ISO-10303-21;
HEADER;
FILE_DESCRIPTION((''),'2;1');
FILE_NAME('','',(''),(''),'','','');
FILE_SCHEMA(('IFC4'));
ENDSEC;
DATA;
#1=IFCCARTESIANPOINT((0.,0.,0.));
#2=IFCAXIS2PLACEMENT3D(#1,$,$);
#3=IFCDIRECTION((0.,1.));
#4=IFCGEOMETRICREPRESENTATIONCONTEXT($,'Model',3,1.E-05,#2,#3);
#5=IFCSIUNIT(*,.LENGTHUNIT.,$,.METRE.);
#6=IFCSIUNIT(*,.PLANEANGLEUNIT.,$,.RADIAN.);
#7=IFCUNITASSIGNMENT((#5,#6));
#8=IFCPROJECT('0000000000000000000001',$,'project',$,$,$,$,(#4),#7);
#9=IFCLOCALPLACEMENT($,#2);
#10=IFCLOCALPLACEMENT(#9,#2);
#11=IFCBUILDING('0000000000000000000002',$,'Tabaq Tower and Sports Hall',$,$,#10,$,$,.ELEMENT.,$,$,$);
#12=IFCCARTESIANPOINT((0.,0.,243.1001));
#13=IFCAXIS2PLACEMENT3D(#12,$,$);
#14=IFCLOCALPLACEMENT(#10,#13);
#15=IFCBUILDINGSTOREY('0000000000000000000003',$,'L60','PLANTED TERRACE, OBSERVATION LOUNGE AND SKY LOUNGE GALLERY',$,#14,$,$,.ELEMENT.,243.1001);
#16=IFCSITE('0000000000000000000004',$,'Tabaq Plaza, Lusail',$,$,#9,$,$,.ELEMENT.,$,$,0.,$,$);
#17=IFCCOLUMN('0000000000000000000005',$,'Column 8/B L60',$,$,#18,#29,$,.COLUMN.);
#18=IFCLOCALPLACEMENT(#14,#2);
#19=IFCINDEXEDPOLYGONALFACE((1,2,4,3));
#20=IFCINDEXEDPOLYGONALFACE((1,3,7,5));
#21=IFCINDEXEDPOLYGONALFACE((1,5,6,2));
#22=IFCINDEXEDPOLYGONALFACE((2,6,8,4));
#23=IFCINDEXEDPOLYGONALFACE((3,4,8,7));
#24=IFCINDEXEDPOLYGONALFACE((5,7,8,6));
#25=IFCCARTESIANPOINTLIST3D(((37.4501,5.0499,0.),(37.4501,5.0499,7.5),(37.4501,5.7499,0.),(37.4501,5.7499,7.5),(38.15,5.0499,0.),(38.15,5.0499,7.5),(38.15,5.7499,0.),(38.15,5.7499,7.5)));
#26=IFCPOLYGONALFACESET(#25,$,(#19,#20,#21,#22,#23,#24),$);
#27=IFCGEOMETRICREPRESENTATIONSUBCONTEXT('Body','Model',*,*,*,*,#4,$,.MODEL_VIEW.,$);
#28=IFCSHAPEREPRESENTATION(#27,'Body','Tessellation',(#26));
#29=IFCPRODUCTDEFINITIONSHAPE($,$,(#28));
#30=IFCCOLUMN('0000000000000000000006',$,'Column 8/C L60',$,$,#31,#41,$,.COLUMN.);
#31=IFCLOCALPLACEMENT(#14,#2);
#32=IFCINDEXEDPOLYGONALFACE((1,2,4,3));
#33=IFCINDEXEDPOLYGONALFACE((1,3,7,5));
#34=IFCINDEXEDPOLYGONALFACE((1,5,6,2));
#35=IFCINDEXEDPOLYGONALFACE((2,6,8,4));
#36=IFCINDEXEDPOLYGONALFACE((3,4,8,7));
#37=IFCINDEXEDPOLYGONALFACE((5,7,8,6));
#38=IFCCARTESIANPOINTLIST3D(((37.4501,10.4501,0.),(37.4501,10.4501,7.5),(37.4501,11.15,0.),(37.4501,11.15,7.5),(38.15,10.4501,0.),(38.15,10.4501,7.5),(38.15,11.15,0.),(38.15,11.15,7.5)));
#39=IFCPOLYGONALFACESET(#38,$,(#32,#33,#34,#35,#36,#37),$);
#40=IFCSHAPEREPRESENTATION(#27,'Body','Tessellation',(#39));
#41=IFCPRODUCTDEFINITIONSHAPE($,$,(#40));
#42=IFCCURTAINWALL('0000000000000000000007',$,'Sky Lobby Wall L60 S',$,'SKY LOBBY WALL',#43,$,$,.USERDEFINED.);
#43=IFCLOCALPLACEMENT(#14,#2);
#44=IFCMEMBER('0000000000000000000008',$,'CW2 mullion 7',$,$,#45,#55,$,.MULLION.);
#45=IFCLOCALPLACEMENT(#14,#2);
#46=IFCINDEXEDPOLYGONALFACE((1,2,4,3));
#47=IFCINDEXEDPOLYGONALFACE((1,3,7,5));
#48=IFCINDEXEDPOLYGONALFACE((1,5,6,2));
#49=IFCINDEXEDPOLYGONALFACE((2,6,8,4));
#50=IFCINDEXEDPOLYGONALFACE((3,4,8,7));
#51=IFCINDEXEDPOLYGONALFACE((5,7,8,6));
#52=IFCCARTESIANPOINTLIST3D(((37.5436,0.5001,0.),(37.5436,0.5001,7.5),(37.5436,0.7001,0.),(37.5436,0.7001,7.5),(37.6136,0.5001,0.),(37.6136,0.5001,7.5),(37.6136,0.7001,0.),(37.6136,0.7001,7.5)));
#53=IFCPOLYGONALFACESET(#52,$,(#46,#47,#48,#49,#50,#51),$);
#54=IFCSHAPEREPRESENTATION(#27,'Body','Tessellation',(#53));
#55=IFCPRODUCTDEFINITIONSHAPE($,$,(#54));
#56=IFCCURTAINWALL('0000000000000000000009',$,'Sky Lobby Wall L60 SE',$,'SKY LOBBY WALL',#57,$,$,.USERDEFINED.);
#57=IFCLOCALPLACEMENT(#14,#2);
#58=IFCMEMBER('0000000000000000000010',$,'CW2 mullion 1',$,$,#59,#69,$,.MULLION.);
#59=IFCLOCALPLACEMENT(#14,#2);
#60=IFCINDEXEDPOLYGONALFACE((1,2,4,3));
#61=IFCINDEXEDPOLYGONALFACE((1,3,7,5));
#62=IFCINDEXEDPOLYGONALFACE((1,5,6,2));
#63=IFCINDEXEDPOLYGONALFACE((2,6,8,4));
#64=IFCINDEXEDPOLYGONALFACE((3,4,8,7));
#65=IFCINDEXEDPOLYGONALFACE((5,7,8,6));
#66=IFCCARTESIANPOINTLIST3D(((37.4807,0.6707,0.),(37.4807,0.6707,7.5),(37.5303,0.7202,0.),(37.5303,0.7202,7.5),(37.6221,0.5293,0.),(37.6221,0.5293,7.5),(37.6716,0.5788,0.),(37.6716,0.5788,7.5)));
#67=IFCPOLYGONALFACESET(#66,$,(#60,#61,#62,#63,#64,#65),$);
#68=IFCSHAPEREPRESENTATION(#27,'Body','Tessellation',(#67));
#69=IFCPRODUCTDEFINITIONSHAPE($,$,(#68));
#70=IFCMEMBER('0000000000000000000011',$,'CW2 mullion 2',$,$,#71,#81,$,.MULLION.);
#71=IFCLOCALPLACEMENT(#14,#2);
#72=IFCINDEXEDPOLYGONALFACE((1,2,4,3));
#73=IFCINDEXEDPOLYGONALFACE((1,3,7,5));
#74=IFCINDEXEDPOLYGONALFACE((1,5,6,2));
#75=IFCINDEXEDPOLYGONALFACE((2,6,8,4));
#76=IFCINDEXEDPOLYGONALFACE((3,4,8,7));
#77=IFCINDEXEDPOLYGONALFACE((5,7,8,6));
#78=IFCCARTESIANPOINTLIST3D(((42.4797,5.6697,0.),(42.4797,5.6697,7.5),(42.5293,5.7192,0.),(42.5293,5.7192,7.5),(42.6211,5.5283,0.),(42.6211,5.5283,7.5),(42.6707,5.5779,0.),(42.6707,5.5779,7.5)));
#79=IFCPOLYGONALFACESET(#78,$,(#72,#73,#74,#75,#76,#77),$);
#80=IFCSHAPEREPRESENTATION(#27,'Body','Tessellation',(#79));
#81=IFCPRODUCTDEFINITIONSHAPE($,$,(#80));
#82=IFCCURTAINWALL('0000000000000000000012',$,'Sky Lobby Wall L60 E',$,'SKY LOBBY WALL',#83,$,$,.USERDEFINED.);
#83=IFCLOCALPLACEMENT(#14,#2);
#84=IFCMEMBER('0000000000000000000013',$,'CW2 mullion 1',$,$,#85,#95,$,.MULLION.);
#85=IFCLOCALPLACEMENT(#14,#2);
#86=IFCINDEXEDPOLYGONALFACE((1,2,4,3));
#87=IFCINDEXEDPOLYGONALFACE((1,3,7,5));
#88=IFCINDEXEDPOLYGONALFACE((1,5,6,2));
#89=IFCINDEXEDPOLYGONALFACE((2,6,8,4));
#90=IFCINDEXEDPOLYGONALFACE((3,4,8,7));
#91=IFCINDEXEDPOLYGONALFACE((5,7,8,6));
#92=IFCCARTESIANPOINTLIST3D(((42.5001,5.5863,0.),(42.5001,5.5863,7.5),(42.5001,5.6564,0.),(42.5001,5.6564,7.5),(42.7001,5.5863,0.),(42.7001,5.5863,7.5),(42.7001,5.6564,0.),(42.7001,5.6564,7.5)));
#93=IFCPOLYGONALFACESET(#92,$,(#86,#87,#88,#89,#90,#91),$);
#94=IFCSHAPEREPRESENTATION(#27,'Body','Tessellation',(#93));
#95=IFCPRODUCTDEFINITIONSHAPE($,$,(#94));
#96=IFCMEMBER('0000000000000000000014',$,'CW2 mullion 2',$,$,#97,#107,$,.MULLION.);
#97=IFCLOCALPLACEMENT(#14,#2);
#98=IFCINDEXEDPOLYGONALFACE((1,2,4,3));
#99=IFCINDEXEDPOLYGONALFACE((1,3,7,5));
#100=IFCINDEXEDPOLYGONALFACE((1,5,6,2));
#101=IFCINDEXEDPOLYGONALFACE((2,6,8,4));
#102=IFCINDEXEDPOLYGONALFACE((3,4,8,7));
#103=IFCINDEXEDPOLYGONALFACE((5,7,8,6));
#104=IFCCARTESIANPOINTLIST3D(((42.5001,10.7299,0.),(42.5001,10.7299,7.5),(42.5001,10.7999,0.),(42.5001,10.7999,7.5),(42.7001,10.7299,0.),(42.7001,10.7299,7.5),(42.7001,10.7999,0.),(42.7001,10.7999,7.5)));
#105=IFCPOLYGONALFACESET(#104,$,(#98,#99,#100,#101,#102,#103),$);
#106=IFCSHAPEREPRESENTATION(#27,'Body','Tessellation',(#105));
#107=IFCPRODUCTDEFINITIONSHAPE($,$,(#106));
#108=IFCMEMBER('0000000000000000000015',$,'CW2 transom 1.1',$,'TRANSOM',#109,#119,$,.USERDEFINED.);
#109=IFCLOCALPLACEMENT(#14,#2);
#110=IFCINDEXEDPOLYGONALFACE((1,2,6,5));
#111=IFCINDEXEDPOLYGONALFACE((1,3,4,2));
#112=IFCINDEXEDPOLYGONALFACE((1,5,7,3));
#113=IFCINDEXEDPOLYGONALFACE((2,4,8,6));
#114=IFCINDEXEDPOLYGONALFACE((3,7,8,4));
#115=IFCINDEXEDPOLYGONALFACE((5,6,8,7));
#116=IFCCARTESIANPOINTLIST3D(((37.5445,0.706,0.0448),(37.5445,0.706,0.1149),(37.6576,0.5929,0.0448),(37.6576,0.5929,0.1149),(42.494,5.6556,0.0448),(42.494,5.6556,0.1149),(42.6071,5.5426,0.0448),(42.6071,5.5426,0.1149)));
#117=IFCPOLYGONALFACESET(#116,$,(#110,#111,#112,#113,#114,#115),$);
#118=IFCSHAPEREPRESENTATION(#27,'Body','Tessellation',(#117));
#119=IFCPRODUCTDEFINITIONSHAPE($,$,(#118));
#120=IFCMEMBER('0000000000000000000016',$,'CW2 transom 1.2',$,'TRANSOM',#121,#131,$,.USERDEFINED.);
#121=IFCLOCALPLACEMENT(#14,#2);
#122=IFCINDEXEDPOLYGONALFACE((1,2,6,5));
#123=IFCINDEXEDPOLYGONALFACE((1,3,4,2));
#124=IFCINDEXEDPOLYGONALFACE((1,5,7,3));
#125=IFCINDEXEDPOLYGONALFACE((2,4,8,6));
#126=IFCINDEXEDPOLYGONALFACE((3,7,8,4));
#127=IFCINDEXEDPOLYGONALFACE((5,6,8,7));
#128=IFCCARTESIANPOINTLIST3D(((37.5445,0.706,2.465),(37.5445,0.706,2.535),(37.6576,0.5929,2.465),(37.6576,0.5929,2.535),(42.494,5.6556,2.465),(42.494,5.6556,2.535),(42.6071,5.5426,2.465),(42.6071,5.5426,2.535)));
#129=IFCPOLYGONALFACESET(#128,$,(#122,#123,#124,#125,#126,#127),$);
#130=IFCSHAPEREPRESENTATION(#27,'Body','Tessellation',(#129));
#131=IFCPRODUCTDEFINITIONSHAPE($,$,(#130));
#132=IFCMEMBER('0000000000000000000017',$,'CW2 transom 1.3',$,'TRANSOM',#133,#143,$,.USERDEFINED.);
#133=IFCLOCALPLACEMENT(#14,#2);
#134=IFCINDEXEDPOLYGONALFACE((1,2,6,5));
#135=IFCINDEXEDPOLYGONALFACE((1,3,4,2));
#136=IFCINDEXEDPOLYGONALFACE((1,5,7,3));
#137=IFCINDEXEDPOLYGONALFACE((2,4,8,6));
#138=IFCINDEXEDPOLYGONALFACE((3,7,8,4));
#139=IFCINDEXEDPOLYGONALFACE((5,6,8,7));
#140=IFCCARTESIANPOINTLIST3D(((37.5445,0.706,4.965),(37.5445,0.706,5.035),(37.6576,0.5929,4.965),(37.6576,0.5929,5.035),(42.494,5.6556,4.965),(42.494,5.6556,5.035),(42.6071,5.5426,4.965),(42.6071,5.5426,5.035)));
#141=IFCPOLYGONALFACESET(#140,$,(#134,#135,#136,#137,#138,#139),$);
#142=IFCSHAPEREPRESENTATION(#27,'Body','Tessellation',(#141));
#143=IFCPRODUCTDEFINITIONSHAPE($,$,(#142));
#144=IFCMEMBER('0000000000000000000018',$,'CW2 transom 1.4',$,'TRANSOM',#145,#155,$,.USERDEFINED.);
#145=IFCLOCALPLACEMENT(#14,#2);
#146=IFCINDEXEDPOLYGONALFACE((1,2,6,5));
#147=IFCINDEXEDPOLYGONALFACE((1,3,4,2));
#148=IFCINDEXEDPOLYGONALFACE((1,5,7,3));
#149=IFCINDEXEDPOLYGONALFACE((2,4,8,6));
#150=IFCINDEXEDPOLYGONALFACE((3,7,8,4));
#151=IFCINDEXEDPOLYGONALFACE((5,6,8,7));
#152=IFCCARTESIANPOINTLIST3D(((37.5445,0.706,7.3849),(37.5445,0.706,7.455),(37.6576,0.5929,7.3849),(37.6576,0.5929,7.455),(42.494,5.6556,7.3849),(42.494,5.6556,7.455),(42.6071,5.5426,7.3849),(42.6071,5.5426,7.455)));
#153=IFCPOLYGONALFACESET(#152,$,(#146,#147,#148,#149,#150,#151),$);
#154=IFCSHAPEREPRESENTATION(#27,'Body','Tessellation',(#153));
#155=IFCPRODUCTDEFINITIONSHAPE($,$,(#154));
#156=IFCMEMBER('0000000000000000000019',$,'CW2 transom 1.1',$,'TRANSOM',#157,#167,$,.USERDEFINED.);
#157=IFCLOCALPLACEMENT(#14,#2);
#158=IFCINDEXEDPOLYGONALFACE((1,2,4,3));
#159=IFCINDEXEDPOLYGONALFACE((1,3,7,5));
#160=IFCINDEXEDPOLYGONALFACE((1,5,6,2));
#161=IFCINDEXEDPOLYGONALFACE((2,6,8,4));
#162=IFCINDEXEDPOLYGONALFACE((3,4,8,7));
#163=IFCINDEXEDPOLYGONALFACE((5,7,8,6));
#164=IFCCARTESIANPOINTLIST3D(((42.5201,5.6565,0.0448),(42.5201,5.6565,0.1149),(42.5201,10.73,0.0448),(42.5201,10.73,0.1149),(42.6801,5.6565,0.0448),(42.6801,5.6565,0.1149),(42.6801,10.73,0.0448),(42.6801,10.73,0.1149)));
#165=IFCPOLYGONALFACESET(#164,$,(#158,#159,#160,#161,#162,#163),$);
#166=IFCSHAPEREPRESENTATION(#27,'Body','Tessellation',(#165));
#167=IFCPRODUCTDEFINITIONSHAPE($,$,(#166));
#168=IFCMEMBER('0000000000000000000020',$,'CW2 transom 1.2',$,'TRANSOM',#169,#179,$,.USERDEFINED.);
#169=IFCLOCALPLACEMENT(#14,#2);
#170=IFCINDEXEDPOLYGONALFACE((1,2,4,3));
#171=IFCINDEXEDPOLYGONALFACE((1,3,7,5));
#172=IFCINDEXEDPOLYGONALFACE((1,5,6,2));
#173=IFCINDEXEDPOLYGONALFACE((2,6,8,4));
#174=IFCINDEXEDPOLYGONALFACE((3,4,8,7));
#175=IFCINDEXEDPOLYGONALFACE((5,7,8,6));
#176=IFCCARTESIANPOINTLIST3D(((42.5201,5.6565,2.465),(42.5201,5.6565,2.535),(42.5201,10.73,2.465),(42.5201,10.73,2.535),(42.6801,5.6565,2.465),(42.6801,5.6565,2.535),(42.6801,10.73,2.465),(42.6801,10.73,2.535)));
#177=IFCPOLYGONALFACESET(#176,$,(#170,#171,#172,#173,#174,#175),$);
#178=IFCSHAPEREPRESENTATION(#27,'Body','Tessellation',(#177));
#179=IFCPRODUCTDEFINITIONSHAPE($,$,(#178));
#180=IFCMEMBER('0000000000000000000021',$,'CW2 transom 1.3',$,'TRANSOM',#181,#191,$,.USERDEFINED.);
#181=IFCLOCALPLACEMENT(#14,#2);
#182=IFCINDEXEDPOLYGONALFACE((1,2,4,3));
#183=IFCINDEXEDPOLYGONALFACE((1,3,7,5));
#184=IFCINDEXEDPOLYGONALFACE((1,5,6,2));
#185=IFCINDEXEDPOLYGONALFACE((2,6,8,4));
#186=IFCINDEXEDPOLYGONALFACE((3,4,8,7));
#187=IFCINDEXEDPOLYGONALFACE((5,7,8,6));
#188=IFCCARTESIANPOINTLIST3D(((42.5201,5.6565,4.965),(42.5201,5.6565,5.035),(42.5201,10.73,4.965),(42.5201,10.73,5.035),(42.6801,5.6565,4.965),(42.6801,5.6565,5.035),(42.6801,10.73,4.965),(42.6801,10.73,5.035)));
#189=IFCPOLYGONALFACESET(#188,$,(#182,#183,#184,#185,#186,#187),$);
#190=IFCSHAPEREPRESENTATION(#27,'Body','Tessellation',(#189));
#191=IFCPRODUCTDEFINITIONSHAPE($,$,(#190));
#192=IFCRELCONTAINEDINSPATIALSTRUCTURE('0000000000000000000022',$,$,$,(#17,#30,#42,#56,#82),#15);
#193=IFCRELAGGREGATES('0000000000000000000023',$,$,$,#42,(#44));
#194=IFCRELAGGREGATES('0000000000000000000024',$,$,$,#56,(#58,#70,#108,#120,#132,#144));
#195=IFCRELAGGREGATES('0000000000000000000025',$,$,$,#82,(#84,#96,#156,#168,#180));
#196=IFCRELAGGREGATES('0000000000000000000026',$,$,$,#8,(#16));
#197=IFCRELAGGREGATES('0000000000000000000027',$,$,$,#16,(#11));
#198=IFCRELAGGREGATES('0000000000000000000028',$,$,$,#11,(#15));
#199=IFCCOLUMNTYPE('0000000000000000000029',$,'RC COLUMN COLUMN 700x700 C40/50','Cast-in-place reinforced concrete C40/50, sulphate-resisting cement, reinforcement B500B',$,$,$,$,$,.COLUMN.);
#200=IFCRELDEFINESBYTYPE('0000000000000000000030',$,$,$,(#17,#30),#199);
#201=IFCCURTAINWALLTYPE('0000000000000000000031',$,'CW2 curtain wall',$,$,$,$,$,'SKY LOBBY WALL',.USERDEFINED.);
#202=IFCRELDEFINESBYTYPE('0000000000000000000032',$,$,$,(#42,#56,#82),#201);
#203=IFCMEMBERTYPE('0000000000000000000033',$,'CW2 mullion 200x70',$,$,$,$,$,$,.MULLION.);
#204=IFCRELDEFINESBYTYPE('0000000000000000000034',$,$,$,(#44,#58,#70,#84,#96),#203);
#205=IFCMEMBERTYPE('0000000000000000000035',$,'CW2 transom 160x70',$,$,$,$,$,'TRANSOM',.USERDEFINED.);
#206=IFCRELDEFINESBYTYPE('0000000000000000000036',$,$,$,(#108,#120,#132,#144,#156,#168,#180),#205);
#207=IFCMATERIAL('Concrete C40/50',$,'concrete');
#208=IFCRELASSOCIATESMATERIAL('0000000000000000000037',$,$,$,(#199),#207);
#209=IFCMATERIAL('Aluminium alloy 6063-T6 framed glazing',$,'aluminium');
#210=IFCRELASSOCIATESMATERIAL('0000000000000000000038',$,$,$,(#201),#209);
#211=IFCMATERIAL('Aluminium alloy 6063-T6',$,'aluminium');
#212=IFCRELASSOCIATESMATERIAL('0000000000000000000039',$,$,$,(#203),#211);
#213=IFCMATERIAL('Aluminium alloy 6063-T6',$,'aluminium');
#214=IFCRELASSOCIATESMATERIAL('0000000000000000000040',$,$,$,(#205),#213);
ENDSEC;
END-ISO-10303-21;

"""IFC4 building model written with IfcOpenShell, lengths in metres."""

from ifc_helpers import new_model, si_unit, direction, frame, origin, origin_2d, place, context, subcontext, project, spatial, rectangle, extrude, material, material_profile, profile_set, type_object, element, aggregate, save


model = new_model("IFC4")

# Units and contexts
model_context = context("Model", 3, precision=1e-05, world=origin(), true_north=direction((0.0, 1.0)))
body_context = subcontext(model_context, "Body", "Model", "MODEL_VIEW")
ifc_project = project(units=[si_unit("LENGTHUNIT", "METRE"), si_unit("PLANEANGLEUNIT", "RADIAN")], contexts=[model_context])

# Site, building, storey
site_placement = place(None, origin())
site = spatial("IfcSite", under=ifc_project, at=site_placement, Name="Tabaq Plaza, Lusail", CompositionType="ELEMENT", RefElevation=0.0)
building_placement = place(site_placement, origin())
building = spatial("IfcBuilding", under=site, at=building_placement, Name="Tabaq Tower and Sports Hall", CompositionType="ELEMENT")
storey_placement = place(building_placement, frame((0.0, 0.0, 243.1001)))
storey = spatial("IfcBuildingStorey", under=building, at=storey_placement, Name="L60", Description="PLANTED TERRACE, OBSERVATION LOUNGE AND SKY LOUNGE GALLERY", CompositionType="ELEMENT", Elevation=243.1001)

# Columns
ifc_material_1 = material(Name="Concrete C40/50", Category="concrete")
ifc_material_profile_1 = material_profile(ifc_material_1, rectangle(XDim=0.7, YDim=0.7, at=origin_2d()), Name="COLUMN 700x700")
ifc_profile_set_1 = profile_set([ifc_material_profile_1], Name="Concrete C40/50")
column_type = type_object("IfcColumnType", Name="RC COLUMN COLUMN 700x700 C40/50", Description="Cast-in-place reinforced concrete C40/50, sulphate-resisting cement, reinforcement B500B", PredefinedType="COLUMN", material=ifc_profile_set_1)
for number, where, z_axis, x_axis, name in (
    (1, (37.8, 5.3999, 0.0), (0.0, 0.0, 1.0), (1.0, 0.0, 0.0), "Column 8/B L60"),
    (2, (37.8, 10.8, 0.0), (0.0, 0.0, 1.0), (1.0, 0.0, 0.0), "Column 8/C L60"),
):
    element("IfcColumn", number, at=place(storey_placement, frame(where, z_axis=z_axis, x_axis=x_axis)), inside=storey, type_object=column_type, Name=name, PredefinedType="COLUMN", context=body_context, shape_type="SweptSolid", body=[
        extrude(rectangle(XDim=0.7, YDim=0.7, at=origin_2d()), origin(), (0.0, 0.0, 1.0), 7.5),
    ])

# Curtain wall, member
ifc_material_2 = material(Name="Aluminium alloy 6063-T6 framed glazing", Category="aluminium")
curtain_wall_type = type_object("IfcCurtainWallType", Name="CW2 curtain wall", ElementType="SKY LOBBY WALL", PredefinedType="USERDEFINED", material=ifc_material_2)
curtain_wall_1_placement = place(storey_placement, origin())
curtain_wall_1 = element("IfcCurtainWall", 3, at=curtain_wall_1_placement, inside=storey, type_object=curtain_wall_type, Name="Sky Lobby Wall L60 S", ObjectType="SKY LOBBY WALL", PredefinedType="USERDEFINED")
ifc_material_3 = material(Name="Aluminium alloy 6063-T6", Category="aluminium")
ifc_material_profile_2 = material_profile(ifc_material_3, rectangle(XDim=0.2, YDim=0.0701, at=origin_2d()), Name="MULLION 200x70")
ifc_profile_set_2 = profile_set([ifc_material_profile_2], Name="Aluminium alloy 6063-T6")
member_type_1 = type_object("IfcMemberType", Name="CW2 mullion 200x70", PredefinedType="MULLION", material=ifc_profile_set_2)
member_1_placement = place(storey_placement, frame((37.5786, 0.6001, 0.0), z_axis=(0.0, 0.0, 1.0), x_axis=(0.0, 1.0, 0.0)))
member_1 = element("IfcMember", 4, at=member_1_placement, type_object=member_type_1, Name="CW2 mullion 7", PredefinedType="MULLION", context=body_context, shape_type="SweptSolid", body=[
    extrude(rectangle(XDim=0.2, YDim=0.0701, at=origin_2d()), origin(), (0.0, 0.0, 1.0), 7.5),
])

# Curtain walls, members
curtain_wall_2_placement = place(storey_placement, origin())
curtain_wall_2 = element("IfcCurtainWall", 5, at=curtain_wall_2_placement, inside=storey, type_object=curtain_wall_type, Name="Sky Lobby Wall L60 SE", ObjectType="SKY LOBBY WALL", PredefinedType="USERDEFINED")
member_2_placement = place(storey_placement, frame((37.5762, 0.6248, 0.0), z_axis=(0.0, 0.0, 1.0), x_axis=(-0.707107, 0.707107, 0.0)))
member_2 = element("IfcMember", 6, at=member_2_placement, type_object=member_type_1, Name="CW2 mullion 1", PredefinedType="MULLION", context=body_context, shape_type="SweptSolid", body=[
    extrude(rectangle(XDim=0.2, YDim=0.0701, at=origin_2d()), origin(), (0.0, 0.0, 1.0), 7.5),
])
member_3_placement = place(storey_placement, frame((42.5752, 5.6238, 0.0), z_axis=(0.0, 0.0, 1.0), x_axis=(-0.707107, 0.707107, 0.0)))
member_3 = element("IfcMember", 7, at=member_3_placement, type_object=member_type_1, Name="CW2 mullion 2", PredefinedType="MULLION", context=body_context, shape_type="SweptSolid", body=[
    extrude(rectangle(XDim=0.2, YDim=0.0701, at=origin_2d()), origin(), (0.0, 0.0, 1.0), 7.5),
])
curtain_wall_3_placement = place(storey_placement, origin())
curtain_wall_3 = element("IfcCurtainWall", 8, at=curtain_wall_3_placement, inside=storey, type_object=curtain_wall_type, Name="Sky Lobby Wall L60 E", ObjectType="SKY LOBBY WALL", PredefinedType="USERDEFINED")
member_4_placement = place(storey_placement, frame((42.6001, 5.6213, 0.0), z_axis=(0.0, 0.0, 1.0), x_axis=(-1.0, 0.0, 0.0)))
member_4 = element("IfcMember", 9, at=member_4_placement, type_object=member_type_1, Name="CW2 mullion 1", PredefinedType="MULLION", context=body_context, shape_type="SweptSolid", body=[
    extrude(rectangle(XDim=0.2, YDim=0.0701, at=origin_2d()), origin(), (0.0, 0.0, 1.0), 7.5),
])
member_5_placement = place(storey_placement, frame((42.6001, 10.7649, 0.0), z_axis=(0.0, 0.0, 1.0), x_axis=(-1.0, 0.0, 0.0)))
member_5 = element("IfcMember", 10, at=member_5_placement, type_object=member_type_1, Name="CW2 mullion 2", PredefinedType="MULLION", context=body_context, shape_type="SweptSolid", body=[
    extrude(rectangle(XDim=0.2, YDim=0.0701, at=origin_2d()), origin(), (0.0, 0.0, 1.0), 7.5),
])

# Members
ifc_material_4 = material(Name="Aluminium alloy 6063-T6", Category="aluminium")
ifc_material_profile_3 = material_profile(ifc_material_4, rectangle(XDim=0.1599, YDim=0.0701, at=origin_2d()), Name="TRANSOM 160x70")
ifc_profile_set_3 = profile_set([ifc_material_profile_3], Name="Aluminium alloy 6063-T6")
member_type_2 = type_object("IfcMemberType", Name="CW2 transom 160x70", ElementType="TRANSOM", PredefinedType="USERDEFINED", material=ifc_profile_set_3)
member_6_placement = place(storey_placement, frame((37.6011, 0.6494, 0.0798), z_axis=(0.707089, 0.707124, 0.0), x_axis=(-0.707124, 0.707089, 0.0)))
member_6 = element("IfcMember", 11, at=member_6_placement, type_object=member_type_2, Name="CW2 transom 1.1", ObjectType="TRANSOM", PredefinedType="USERDEFINED", context=body_context, shape_type="SweptSolid", body=[
    extrude(rectangle(XDim=0.1599, YDim=0.0701, at=origin_2d()), origin(), (0.0, 0.0, 1.0), 6.9998),
])
member_7_placement = place(storey_placement, frame((37.6011, 0.6494, 2.5), z_axis=(0.707089, 0.707124, 0.0), x_axis=(-0.707124, 0.707089, 0.0)))
member_7 = element("IfcMember", 12, at=member_7_placement, type_object=member_type_2, Name="CW2 transom 1.2", ObjectType="TRANSOM", PredefinedType="USERDEFINED", context=body_context, shape_type="SweptSolid", body=[
    extrude(rectangle(XDim=0.1599, YDim=0.0701, at=origin_2d()), origin(), (0.0, 0.0, 1.0), 6.9998),
])
member_8_placement = place(storey_placement, frame((37.6011, 0.6494, 5.0), z_axis=(0.707089, 0.707124, 0.0), x_axis=(-0.707124, 0.707089, 0.0)))
member_8 = element("IfcMember", 13, at=member_8_placement, type_object=member_type_2, Name="CW2 transom 1.3", ObjectType="TRANSOM", PredefinedType="USERDEFINED", context=body_context, shape_type="SweptSolid", body=[
    extrude(rectangle(XDim=0.1599, YDim=0.0701, at=origin_2d()), origin(), (0.0, 0.0, 1.0), 6.9998),
])
member_9_placement = place(storey_placement, frame((37.6011, 0.6494, 7.4199), z_axis=(0.707089, 0.707124, 0.0), x_axis=(-0.707124, 0.707089, 0.0)))
member_9 = element("IfcMember", 14, at=member_9_placement, type_object=member_type_2, Name="CW2 transom 1.4", ObjectType="TRANSOM", PredefinedType="USERDEFINED", context=body_context, shape_type="SweptSolid", body=[
    extrude(rectangle(XDim=0.1599, YDim=0.0701, at=origin_2d()), origin(), (0.0, 0.0, 1.0), 6.9998),
])
member_10_placement = place(storey_placement, frame((42.6001, 5.6565, 0.0798), z_axis=(0.0, 1.0, 0.0), x_axis=(-1.0, 0.0, 0.0)))
member_10 = element("IfcMember", 15, at=member_10_placement, type_object=member_type_2, Name="CW2 transom 1.1", ObjectType="TRANSOM", PredefinedType="USERDEFINED", context=body_context, shape_type="SweptSolid", body=[
    extrude(rectangle(XDim=0.1599, YDim=0.0701, at=origin_2d()), origin(), (0.0, 0.0, 1.0), 5.0735),
])
member_11_placement = place(storey_placement, frame((42.6001, 5.6565, 2.5), z_axis=(0.0, 1.0, 0.0), x_axis=(-1.0, 0.0, 0.0)))
member_11 = element("IfcMember", 16, at=member_11_placement, type_object=member_type_2, Name="CW2 transom 1.2", ObjectType="TRANSOM", PredefinedType="USERDEFINED", context=body_context, shape_type="SweptSolid", body=[
    extrude(rectangle(XDim=0.1599, YDim=0.0701, at=origin_2d()), origin(), (0.0, 0.0, 1.0), 5.0735),
])
member_12_placement = place(storey_placement, frame((42.6001, 5.6565, 5.0), z_axis=(0.0, 1.0, 0.0), x_axis=(-1.0, 0.0, 0.0)))
member_12 = element("IfcMember", 17, at=member_12_placement, type_object=member_type_2, Name="CW2 transom 1.3", ObjectType="TRANSOM", PredefinedType="USERDEFINED", context=body_context, shape_type="SweptSolid", body=[
    extrude(rectangle(XDim=0.1599, YDim=0.0701, at=origin_2d()), origin(), (0.0, 0.0, 1.0), 5.0735),
])

aggregate(curtain_wall_1, [member_1])
aggregate(curtain_wall_2, [member_2, member_3, member_6, member_7, member_8, member_9])
aggregate(curtain_wall_3, [member_4, member_5, member_10, member_11, member_12])

save(model, "model.ifc")
